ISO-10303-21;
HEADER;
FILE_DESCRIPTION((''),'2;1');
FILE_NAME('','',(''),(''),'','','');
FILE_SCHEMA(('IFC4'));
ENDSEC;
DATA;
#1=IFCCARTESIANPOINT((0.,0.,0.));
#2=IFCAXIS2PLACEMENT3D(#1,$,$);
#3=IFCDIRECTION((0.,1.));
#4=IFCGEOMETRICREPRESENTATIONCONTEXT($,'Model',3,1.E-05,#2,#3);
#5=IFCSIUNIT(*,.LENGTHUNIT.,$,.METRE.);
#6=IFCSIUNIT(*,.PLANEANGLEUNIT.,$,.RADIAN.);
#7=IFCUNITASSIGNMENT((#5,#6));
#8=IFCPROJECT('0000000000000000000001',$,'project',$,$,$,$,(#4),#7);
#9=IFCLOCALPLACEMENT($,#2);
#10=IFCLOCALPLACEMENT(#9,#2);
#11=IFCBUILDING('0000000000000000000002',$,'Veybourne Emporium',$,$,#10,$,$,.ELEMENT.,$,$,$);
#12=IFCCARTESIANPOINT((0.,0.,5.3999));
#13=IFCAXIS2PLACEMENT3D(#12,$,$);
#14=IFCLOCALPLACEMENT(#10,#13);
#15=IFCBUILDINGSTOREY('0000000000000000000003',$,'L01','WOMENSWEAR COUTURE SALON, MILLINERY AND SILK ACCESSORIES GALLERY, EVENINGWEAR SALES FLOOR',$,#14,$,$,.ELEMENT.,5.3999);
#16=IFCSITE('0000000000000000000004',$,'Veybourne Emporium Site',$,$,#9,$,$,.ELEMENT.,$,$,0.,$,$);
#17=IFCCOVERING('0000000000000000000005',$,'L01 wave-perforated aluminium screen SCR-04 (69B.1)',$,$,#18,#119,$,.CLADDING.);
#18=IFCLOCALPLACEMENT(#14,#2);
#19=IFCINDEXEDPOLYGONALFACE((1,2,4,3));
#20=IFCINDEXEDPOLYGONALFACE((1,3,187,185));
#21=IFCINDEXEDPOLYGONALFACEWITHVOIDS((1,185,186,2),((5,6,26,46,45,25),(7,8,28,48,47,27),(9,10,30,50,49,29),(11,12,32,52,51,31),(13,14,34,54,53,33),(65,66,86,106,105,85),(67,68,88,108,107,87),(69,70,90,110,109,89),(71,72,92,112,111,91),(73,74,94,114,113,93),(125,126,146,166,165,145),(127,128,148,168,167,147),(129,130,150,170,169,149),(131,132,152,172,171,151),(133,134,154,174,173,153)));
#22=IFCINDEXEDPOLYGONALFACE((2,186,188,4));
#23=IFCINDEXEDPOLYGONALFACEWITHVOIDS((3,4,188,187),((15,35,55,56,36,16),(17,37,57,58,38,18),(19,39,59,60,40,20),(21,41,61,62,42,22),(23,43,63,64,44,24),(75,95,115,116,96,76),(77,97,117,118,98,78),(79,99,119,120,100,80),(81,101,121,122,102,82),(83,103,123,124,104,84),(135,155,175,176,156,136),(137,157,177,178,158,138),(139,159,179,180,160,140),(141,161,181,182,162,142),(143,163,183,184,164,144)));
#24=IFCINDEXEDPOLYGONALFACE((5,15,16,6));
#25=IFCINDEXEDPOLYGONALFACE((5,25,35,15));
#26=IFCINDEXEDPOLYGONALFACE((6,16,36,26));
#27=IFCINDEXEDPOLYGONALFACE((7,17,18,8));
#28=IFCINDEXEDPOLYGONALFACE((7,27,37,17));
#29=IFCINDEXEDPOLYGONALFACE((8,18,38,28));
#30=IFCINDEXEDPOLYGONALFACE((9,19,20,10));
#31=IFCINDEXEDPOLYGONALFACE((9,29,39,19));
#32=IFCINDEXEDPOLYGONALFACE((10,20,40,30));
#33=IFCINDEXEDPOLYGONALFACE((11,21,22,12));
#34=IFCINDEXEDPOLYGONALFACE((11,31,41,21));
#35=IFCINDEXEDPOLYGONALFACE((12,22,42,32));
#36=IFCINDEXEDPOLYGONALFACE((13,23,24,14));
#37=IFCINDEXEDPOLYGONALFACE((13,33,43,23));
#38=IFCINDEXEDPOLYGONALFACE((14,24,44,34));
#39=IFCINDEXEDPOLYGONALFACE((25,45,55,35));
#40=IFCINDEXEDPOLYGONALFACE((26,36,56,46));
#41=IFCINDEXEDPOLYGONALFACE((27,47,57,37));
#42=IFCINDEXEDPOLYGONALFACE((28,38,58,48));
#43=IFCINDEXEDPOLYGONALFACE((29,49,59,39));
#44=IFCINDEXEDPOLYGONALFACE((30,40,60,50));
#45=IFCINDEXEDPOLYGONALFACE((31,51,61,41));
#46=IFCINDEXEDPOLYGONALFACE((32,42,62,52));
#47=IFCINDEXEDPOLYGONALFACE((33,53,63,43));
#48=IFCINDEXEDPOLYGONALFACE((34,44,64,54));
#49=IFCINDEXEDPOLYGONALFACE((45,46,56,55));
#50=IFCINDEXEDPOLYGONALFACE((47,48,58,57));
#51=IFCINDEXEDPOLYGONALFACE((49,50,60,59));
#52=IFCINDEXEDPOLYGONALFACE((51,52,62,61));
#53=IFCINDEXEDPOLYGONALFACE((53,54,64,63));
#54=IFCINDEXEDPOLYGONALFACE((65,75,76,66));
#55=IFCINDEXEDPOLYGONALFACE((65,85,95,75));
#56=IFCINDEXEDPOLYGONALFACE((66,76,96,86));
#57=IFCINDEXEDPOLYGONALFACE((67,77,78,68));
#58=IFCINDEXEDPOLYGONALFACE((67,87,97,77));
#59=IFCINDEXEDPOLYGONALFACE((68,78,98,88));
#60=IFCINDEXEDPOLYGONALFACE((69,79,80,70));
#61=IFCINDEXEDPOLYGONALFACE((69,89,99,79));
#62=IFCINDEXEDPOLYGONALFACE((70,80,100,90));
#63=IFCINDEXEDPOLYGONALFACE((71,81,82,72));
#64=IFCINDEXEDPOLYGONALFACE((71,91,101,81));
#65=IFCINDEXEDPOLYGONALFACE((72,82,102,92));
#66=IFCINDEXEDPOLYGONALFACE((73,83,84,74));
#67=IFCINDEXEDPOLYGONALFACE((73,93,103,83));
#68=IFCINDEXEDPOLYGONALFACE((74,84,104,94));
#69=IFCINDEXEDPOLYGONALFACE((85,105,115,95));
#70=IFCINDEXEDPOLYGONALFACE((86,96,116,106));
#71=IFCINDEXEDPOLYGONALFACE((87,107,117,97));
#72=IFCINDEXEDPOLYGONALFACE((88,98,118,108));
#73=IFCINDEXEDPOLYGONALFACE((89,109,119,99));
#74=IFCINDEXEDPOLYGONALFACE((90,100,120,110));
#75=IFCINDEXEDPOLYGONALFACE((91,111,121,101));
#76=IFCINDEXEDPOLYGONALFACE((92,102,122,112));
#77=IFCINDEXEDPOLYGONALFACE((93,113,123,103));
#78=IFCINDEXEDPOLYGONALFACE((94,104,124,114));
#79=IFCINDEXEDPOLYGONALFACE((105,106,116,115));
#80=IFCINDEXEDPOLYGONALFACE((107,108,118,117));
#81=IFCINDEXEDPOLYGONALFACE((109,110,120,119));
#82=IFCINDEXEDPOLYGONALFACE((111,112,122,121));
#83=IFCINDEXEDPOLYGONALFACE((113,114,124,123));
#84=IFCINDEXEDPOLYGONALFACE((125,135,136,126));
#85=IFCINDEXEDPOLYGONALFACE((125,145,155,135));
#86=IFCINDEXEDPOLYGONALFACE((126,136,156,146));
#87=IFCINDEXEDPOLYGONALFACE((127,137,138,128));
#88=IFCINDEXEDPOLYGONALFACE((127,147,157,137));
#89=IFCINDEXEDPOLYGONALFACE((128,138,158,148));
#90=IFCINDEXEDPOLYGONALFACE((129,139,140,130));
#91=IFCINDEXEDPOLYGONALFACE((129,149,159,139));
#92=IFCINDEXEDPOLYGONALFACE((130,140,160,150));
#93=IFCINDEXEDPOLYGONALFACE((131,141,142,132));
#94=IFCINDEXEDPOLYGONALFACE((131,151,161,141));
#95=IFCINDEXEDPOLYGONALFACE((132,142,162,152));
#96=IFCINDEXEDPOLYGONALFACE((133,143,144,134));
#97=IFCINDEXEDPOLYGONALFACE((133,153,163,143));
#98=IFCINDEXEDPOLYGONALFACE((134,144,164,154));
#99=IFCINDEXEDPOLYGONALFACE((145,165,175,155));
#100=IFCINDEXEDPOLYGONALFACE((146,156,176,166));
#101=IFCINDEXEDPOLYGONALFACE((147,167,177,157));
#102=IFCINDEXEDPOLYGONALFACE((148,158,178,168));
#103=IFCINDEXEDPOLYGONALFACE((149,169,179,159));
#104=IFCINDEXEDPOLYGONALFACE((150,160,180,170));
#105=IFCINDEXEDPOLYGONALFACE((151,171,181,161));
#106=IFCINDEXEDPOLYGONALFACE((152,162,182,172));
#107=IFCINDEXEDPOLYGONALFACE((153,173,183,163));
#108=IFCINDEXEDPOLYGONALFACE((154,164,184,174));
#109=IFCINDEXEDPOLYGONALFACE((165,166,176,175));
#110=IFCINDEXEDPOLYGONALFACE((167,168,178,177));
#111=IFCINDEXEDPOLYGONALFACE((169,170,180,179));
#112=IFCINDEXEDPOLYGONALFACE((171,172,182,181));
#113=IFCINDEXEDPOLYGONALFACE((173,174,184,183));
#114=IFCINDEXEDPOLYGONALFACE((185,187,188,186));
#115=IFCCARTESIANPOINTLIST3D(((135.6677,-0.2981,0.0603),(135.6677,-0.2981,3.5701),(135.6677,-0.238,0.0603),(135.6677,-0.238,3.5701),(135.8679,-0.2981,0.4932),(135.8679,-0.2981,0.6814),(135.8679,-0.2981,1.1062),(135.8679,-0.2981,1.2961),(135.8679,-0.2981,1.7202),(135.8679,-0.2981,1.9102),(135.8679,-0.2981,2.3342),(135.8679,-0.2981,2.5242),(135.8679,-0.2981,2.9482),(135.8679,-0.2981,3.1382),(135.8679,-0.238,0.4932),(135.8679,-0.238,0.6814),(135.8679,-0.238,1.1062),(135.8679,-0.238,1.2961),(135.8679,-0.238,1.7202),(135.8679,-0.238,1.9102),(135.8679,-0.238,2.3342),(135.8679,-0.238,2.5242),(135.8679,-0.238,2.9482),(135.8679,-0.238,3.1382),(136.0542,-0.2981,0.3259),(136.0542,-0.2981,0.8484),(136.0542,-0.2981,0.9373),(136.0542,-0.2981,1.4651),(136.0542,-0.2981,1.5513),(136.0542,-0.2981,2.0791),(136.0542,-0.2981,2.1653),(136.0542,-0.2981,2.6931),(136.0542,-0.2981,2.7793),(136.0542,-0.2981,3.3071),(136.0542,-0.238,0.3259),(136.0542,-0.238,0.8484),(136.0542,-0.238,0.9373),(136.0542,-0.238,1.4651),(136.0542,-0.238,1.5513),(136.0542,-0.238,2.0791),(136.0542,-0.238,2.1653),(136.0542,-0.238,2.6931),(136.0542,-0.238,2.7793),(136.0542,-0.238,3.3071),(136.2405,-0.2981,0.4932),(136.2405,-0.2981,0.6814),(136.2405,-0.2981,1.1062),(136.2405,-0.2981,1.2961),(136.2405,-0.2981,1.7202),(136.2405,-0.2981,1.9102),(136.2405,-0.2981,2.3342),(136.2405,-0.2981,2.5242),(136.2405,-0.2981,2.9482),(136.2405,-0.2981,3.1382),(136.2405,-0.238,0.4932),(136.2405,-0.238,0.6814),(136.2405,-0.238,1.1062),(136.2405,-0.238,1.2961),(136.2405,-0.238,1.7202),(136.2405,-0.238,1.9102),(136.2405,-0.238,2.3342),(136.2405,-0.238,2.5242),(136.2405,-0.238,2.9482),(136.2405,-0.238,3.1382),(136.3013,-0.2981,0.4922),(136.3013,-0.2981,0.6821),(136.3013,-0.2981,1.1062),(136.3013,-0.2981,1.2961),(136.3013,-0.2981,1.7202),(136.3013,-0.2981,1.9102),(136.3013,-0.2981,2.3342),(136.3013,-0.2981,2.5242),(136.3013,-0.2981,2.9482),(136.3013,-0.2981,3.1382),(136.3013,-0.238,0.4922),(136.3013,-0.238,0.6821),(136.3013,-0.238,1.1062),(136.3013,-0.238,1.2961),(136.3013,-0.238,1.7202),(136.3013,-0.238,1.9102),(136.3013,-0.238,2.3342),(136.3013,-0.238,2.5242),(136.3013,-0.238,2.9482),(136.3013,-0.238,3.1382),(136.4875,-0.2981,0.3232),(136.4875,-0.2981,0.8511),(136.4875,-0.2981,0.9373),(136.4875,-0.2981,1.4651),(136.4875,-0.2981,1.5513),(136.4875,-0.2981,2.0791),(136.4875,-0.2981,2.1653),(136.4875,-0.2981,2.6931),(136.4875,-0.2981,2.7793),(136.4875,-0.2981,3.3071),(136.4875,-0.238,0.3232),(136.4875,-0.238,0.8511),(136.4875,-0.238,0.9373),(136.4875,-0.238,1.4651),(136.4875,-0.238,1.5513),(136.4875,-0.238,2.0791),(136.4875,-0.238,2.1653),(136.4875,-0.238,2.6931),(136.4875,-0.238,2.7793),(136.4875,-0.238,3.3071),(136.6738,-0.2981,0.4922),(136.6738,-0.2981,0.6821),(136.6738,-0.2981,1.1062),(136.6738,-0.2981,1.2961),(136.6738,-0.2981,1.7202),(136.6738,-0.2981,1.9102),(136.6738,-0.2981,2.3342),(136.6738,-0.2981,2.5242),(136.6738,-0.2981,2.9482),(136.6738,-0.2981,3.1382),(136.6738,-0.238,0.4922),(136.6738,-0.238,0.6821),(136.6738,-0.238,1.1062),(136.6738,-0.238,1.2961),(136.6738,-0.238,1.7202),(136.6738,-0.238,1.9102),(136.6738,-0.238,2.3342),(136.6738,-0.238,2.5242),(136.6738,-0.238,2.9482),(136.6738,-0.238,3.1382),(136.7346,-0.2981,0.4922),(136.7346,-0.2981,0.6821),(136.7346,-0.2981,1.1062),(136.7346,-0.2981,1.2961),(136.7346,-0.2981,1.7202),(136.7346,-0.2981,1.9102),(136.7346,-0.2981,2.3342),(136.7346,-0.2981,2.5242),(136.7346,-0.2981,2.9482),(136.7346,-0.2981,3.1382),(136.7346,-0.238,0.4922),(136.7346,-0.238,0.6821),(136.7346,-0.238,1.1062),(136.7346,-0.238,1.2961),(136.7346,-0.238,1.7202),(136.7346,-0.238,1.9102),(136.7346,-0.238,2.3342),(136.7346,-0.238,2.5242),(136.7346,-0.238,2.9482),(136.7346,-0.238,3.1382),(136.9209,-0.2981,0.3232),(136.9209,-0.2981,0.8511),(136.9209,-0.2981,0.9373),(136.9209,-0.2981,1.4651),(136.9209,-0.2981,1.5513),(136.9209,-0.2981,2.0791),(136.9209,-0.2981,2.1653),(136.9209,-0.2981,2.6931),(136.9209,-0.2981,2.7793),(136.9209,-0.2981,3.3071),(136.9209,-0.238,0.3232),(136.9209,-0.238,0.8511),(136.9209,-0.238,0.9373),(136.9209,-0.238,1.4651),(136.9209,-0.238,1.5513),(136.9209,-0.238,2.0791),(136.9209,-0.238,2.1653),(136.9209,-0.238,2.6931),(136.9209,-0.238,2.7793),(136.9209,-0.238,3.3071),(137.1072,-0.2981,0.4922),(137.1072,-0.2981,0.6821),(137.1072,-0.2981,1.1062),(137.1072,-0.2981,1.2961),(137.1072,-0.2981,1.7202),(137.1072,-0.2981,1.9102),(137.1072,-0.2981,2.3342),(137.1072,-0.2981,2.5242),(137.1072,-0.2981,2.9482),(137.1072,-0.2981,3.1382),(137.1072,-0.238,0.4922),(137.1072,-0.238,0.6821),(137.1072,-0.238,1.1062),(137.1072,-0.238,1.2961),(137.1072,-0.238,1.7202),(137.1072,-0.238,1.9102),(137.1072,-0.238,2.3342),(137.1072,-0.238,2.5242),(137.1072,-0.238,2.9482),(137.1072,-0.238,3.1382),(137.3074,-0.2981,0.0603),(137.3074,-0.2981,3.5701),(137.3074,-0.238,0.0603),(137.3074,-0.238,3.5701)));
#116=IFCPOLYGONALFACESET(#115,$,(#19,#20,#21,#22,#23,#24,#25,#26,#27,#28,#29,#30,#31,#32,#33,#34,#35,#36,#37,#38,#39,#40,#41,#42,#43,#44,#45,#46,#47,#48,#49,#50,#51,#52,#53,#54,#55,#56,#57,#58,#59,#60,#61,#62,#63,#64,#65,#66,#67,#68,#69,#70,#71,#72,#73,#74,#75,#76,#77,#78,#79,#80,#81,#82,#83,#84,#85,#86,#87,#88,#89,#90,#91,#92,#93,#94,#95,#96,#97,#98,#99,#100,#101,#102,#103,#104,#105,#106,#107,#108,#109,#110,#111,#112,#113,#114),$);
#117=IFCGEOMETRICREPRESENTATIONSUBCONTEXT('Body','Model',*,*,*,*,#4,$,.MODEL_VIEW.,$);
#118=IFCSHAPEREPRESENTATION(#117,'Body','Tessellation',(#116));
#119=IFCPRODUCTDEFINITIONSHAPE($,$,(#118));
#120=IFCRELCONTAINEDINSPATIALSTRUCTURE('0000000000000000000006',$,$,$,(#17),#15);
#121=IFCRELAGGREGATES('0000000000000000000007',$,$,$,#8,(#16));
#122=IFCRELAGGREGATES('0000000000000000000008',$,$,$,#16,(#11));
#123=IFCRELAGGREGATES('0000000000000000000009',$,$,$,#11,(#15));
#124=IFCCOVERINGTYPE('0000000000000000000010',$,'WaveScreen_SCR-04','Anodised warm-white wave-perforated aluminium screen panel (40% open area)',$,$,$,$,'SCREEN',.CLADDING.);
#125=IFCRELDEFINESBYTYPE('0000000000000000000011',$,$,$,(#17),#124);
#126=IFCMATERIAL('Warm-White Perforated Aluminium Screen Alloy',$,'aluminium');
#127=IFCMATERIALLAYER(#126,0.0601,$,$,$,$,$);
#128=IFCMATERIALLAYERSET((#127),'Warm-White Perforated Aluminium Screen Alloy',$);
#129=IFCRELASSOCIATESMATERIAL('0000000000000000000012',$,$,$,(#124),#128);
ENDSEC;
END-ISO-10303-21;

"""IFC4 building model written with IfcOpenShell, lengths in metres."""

from ifc_helpers import new_model, si_unit, direction, frame, origin, place, context, subcontext, project, spatial, polyline, outline, extrude, material, layer, layer_set, type_object, element, save


model = new_model("IFC4")

# Units and contexts
model_context = context("Model", 3, precision=1e-05, world=origin(), true_north=direction((0.0, 1.0)))
body_context = subcontext(model_context, "Body", "Model", "MODEL_VIEW")
ifc_project = project(units=[si_unit("LENGTHUNIT", "METRE"), si_unit("PLANEANGLEUNIT", "RADIAN")], contexts=[model_context])

# Site, building, storey
site_placement = place(None, origin())
site = spatial("IfcSite", under=ifc_project, at=site_placement, Name="Veybourne Emporium Site", CompositionType="ELEMENT", RefElevation=0.0)
building_placement = place(site_placement, origin())
building = spatial("IfcBuilding", under=site, at=building_placement, Name="Veybourne Emporium", CompositionType="ELEMENT")
storey_placement = place(building_placement, frame((0.0, 0.0, 5.3999)))
storey = spatial("IfcBuildingStorey", under=building, at=storey_placement, Name="L01", Description="WOMENSWEAR COUTURE SALON, MILLINERY AND SILK ACCESSORIES GALLERY, EVENINGWEAR SALES FLOOR", CompositionType="ELEMENT", Elevation=5.3999)

# Covering
ifc_material_1 = material(Name="Warm-White Perforated Aluminium Screen Alloy", Category="aluminium")
ifc_layer_1 = layer(ifc_material_1, 0.0601)
ifc_layer_set_1 = layer_set([ifc_layer_1], Name="Warm-White Perforated Aluminium Screen Alloy")
covering_type_1 = type_object("IfcCoveringType", Name="WaveScreen_SCR-04", Description="Anodised warm-white wave-perforated aluminium screen panel (40% open area)", ElementType="SCREEN", PredefinedType="CLADDING", material=ifc_layer_set_1)
covering_1_placement = place(storey_placement, frame((136.4875, -0.2981, 1.8152), z_axis=(0.0, 1.0, 0.0), x_axis=(-1.0, 0.0, 0.0)))
element("IfcCovering", 1, at=covering_1_placement, inside=storey, type_object=covering_type_1, Name="L01 wave-perforated aluminium screen SCR-04 (69B.1)", PredefinedType="CLADDING", context=body_context, shape_type="SweptSolid", body=[
    extrude(outline(polyline([(-0.8198, -1.7549), (0.8198, -1.7549), (0.8198, 1.7549), (-0.8198, 1.7549), (-0.8198, -1.7549)]), holes=[polyline([(-0.4333, -0.9641), (-0.2471, -1.1331), (-0.2471, -1.323), (-0.4333, -1.4919), (-0.6196, -1.323), (-0.6196, -1.1331), (-0.4333, -0.9641)]), polyline([(-0.4333, -0.3501), (-0.2471, -0.519), (-0.2471, -0.709), (-0.4333, -0.8779), (-0.6196, -0.709), (-0.6196, -0.519), (-0.4333, -0.3501)]), polyline([(-0.4333, 0.2639), (-0.2471, 0.095), (-0.2471, -0.095), (-0.4333, -0.2639), (-0.6196, -0.095), (-0.6196, 0.095), (-0.4333, 0.2639)]), polyline([(-0.4333, 0.8779), (-0.2471, 0.709), (-0.2471, 0.519), (-0.4333, 0.3501), (-0.6196, 0.519), (-0.6196, 0.709), (-0.4333, 0.8779)]), polyline([(-0.4333, 1.4919), (-0.2471, 1.323), (-0.2471, 1.1331), (-0.4333, 0.9641), (-0.6196, 1.1331), (-0.6196, 1.323), (-0.4333, 1.4919)]), polyline([(0.0, -0.9641), (0.1863, -1.1331), (0.1863, -1.323), (0.0, -1.4919), (-0.1863, -1.323), (-0.1863, -1.1331), (0.0, -0.9641)]), polyline([(0.0, -0.3501), (0.1863, -0.519), (0.1863, -0.709), (0.0, -0.8779), (-0.1863, -0.709), (-0.1863, -0.519), (0.0, -0.3501)]), polyline([(0.0, 0.2639), (0.1863, 0.095), (0.1863, -0.095), (0.0, -0.2639), (-0.1863, -0.095), (-0.1863, 0.095), (0.0, 0.2639)]), polyline([(0.0, 0.8779), (0.1863, 0.709), (0.1863, 0.519), (0.0, 0.3501), (-0.1863, 0.519), (-0.1863, 0.709), (0.0, 0.8779)]), polyline([(0.0, 1.4919), (0.1863, 1.323), (0.1863, 1.1331), (0.0, 0.9641), (-0.1863, 1.1331), (-0.1863, 1.323), (0.0, 1.4919)]), polyline([(0.4333, -0.9668), (0.6196, -1.1338), (0.6196, -1.322), (0.4333, -1.4893), (0.2471, -1.322), (0.2471, -1.1338), (0.4333, -0.9668)]), polyline([(0.4333, -0.3501), (0.6196, -0.519), (0.6196, -0.709), (0.4333, -0.8779), (0.2471, -0.709), (0.2471, -0.519), (0.4333, -0.3501)]), polyline([(0.4333, 0.2639), (0.6196, 0.095), (0.6196, -0.095), (0.4333, -0.2639), (0.2471, -0.095), (0.2471, 0.095), (0.4333, 0.2639)]), polyline([(0.4333, 0.8779), (0.6196, 0.709), (0.6196, 0.519), (0.4333, 0.3501), (0.2471, 0.519), (0.2471, 0.709), (0.4333, 0.8779)]), polyline([(0.4333, 1.4919), (0.6196, 1.323), (0.6196, 1.1331), (0.4333, 0.9641), (0.2471, 1.1331), (0.2471, 1.323), (0.4333, 1.4919)])]), origin(), (0.0, 0.0, 1.0), 0.0601),
])

save(model, "model.ifc")
